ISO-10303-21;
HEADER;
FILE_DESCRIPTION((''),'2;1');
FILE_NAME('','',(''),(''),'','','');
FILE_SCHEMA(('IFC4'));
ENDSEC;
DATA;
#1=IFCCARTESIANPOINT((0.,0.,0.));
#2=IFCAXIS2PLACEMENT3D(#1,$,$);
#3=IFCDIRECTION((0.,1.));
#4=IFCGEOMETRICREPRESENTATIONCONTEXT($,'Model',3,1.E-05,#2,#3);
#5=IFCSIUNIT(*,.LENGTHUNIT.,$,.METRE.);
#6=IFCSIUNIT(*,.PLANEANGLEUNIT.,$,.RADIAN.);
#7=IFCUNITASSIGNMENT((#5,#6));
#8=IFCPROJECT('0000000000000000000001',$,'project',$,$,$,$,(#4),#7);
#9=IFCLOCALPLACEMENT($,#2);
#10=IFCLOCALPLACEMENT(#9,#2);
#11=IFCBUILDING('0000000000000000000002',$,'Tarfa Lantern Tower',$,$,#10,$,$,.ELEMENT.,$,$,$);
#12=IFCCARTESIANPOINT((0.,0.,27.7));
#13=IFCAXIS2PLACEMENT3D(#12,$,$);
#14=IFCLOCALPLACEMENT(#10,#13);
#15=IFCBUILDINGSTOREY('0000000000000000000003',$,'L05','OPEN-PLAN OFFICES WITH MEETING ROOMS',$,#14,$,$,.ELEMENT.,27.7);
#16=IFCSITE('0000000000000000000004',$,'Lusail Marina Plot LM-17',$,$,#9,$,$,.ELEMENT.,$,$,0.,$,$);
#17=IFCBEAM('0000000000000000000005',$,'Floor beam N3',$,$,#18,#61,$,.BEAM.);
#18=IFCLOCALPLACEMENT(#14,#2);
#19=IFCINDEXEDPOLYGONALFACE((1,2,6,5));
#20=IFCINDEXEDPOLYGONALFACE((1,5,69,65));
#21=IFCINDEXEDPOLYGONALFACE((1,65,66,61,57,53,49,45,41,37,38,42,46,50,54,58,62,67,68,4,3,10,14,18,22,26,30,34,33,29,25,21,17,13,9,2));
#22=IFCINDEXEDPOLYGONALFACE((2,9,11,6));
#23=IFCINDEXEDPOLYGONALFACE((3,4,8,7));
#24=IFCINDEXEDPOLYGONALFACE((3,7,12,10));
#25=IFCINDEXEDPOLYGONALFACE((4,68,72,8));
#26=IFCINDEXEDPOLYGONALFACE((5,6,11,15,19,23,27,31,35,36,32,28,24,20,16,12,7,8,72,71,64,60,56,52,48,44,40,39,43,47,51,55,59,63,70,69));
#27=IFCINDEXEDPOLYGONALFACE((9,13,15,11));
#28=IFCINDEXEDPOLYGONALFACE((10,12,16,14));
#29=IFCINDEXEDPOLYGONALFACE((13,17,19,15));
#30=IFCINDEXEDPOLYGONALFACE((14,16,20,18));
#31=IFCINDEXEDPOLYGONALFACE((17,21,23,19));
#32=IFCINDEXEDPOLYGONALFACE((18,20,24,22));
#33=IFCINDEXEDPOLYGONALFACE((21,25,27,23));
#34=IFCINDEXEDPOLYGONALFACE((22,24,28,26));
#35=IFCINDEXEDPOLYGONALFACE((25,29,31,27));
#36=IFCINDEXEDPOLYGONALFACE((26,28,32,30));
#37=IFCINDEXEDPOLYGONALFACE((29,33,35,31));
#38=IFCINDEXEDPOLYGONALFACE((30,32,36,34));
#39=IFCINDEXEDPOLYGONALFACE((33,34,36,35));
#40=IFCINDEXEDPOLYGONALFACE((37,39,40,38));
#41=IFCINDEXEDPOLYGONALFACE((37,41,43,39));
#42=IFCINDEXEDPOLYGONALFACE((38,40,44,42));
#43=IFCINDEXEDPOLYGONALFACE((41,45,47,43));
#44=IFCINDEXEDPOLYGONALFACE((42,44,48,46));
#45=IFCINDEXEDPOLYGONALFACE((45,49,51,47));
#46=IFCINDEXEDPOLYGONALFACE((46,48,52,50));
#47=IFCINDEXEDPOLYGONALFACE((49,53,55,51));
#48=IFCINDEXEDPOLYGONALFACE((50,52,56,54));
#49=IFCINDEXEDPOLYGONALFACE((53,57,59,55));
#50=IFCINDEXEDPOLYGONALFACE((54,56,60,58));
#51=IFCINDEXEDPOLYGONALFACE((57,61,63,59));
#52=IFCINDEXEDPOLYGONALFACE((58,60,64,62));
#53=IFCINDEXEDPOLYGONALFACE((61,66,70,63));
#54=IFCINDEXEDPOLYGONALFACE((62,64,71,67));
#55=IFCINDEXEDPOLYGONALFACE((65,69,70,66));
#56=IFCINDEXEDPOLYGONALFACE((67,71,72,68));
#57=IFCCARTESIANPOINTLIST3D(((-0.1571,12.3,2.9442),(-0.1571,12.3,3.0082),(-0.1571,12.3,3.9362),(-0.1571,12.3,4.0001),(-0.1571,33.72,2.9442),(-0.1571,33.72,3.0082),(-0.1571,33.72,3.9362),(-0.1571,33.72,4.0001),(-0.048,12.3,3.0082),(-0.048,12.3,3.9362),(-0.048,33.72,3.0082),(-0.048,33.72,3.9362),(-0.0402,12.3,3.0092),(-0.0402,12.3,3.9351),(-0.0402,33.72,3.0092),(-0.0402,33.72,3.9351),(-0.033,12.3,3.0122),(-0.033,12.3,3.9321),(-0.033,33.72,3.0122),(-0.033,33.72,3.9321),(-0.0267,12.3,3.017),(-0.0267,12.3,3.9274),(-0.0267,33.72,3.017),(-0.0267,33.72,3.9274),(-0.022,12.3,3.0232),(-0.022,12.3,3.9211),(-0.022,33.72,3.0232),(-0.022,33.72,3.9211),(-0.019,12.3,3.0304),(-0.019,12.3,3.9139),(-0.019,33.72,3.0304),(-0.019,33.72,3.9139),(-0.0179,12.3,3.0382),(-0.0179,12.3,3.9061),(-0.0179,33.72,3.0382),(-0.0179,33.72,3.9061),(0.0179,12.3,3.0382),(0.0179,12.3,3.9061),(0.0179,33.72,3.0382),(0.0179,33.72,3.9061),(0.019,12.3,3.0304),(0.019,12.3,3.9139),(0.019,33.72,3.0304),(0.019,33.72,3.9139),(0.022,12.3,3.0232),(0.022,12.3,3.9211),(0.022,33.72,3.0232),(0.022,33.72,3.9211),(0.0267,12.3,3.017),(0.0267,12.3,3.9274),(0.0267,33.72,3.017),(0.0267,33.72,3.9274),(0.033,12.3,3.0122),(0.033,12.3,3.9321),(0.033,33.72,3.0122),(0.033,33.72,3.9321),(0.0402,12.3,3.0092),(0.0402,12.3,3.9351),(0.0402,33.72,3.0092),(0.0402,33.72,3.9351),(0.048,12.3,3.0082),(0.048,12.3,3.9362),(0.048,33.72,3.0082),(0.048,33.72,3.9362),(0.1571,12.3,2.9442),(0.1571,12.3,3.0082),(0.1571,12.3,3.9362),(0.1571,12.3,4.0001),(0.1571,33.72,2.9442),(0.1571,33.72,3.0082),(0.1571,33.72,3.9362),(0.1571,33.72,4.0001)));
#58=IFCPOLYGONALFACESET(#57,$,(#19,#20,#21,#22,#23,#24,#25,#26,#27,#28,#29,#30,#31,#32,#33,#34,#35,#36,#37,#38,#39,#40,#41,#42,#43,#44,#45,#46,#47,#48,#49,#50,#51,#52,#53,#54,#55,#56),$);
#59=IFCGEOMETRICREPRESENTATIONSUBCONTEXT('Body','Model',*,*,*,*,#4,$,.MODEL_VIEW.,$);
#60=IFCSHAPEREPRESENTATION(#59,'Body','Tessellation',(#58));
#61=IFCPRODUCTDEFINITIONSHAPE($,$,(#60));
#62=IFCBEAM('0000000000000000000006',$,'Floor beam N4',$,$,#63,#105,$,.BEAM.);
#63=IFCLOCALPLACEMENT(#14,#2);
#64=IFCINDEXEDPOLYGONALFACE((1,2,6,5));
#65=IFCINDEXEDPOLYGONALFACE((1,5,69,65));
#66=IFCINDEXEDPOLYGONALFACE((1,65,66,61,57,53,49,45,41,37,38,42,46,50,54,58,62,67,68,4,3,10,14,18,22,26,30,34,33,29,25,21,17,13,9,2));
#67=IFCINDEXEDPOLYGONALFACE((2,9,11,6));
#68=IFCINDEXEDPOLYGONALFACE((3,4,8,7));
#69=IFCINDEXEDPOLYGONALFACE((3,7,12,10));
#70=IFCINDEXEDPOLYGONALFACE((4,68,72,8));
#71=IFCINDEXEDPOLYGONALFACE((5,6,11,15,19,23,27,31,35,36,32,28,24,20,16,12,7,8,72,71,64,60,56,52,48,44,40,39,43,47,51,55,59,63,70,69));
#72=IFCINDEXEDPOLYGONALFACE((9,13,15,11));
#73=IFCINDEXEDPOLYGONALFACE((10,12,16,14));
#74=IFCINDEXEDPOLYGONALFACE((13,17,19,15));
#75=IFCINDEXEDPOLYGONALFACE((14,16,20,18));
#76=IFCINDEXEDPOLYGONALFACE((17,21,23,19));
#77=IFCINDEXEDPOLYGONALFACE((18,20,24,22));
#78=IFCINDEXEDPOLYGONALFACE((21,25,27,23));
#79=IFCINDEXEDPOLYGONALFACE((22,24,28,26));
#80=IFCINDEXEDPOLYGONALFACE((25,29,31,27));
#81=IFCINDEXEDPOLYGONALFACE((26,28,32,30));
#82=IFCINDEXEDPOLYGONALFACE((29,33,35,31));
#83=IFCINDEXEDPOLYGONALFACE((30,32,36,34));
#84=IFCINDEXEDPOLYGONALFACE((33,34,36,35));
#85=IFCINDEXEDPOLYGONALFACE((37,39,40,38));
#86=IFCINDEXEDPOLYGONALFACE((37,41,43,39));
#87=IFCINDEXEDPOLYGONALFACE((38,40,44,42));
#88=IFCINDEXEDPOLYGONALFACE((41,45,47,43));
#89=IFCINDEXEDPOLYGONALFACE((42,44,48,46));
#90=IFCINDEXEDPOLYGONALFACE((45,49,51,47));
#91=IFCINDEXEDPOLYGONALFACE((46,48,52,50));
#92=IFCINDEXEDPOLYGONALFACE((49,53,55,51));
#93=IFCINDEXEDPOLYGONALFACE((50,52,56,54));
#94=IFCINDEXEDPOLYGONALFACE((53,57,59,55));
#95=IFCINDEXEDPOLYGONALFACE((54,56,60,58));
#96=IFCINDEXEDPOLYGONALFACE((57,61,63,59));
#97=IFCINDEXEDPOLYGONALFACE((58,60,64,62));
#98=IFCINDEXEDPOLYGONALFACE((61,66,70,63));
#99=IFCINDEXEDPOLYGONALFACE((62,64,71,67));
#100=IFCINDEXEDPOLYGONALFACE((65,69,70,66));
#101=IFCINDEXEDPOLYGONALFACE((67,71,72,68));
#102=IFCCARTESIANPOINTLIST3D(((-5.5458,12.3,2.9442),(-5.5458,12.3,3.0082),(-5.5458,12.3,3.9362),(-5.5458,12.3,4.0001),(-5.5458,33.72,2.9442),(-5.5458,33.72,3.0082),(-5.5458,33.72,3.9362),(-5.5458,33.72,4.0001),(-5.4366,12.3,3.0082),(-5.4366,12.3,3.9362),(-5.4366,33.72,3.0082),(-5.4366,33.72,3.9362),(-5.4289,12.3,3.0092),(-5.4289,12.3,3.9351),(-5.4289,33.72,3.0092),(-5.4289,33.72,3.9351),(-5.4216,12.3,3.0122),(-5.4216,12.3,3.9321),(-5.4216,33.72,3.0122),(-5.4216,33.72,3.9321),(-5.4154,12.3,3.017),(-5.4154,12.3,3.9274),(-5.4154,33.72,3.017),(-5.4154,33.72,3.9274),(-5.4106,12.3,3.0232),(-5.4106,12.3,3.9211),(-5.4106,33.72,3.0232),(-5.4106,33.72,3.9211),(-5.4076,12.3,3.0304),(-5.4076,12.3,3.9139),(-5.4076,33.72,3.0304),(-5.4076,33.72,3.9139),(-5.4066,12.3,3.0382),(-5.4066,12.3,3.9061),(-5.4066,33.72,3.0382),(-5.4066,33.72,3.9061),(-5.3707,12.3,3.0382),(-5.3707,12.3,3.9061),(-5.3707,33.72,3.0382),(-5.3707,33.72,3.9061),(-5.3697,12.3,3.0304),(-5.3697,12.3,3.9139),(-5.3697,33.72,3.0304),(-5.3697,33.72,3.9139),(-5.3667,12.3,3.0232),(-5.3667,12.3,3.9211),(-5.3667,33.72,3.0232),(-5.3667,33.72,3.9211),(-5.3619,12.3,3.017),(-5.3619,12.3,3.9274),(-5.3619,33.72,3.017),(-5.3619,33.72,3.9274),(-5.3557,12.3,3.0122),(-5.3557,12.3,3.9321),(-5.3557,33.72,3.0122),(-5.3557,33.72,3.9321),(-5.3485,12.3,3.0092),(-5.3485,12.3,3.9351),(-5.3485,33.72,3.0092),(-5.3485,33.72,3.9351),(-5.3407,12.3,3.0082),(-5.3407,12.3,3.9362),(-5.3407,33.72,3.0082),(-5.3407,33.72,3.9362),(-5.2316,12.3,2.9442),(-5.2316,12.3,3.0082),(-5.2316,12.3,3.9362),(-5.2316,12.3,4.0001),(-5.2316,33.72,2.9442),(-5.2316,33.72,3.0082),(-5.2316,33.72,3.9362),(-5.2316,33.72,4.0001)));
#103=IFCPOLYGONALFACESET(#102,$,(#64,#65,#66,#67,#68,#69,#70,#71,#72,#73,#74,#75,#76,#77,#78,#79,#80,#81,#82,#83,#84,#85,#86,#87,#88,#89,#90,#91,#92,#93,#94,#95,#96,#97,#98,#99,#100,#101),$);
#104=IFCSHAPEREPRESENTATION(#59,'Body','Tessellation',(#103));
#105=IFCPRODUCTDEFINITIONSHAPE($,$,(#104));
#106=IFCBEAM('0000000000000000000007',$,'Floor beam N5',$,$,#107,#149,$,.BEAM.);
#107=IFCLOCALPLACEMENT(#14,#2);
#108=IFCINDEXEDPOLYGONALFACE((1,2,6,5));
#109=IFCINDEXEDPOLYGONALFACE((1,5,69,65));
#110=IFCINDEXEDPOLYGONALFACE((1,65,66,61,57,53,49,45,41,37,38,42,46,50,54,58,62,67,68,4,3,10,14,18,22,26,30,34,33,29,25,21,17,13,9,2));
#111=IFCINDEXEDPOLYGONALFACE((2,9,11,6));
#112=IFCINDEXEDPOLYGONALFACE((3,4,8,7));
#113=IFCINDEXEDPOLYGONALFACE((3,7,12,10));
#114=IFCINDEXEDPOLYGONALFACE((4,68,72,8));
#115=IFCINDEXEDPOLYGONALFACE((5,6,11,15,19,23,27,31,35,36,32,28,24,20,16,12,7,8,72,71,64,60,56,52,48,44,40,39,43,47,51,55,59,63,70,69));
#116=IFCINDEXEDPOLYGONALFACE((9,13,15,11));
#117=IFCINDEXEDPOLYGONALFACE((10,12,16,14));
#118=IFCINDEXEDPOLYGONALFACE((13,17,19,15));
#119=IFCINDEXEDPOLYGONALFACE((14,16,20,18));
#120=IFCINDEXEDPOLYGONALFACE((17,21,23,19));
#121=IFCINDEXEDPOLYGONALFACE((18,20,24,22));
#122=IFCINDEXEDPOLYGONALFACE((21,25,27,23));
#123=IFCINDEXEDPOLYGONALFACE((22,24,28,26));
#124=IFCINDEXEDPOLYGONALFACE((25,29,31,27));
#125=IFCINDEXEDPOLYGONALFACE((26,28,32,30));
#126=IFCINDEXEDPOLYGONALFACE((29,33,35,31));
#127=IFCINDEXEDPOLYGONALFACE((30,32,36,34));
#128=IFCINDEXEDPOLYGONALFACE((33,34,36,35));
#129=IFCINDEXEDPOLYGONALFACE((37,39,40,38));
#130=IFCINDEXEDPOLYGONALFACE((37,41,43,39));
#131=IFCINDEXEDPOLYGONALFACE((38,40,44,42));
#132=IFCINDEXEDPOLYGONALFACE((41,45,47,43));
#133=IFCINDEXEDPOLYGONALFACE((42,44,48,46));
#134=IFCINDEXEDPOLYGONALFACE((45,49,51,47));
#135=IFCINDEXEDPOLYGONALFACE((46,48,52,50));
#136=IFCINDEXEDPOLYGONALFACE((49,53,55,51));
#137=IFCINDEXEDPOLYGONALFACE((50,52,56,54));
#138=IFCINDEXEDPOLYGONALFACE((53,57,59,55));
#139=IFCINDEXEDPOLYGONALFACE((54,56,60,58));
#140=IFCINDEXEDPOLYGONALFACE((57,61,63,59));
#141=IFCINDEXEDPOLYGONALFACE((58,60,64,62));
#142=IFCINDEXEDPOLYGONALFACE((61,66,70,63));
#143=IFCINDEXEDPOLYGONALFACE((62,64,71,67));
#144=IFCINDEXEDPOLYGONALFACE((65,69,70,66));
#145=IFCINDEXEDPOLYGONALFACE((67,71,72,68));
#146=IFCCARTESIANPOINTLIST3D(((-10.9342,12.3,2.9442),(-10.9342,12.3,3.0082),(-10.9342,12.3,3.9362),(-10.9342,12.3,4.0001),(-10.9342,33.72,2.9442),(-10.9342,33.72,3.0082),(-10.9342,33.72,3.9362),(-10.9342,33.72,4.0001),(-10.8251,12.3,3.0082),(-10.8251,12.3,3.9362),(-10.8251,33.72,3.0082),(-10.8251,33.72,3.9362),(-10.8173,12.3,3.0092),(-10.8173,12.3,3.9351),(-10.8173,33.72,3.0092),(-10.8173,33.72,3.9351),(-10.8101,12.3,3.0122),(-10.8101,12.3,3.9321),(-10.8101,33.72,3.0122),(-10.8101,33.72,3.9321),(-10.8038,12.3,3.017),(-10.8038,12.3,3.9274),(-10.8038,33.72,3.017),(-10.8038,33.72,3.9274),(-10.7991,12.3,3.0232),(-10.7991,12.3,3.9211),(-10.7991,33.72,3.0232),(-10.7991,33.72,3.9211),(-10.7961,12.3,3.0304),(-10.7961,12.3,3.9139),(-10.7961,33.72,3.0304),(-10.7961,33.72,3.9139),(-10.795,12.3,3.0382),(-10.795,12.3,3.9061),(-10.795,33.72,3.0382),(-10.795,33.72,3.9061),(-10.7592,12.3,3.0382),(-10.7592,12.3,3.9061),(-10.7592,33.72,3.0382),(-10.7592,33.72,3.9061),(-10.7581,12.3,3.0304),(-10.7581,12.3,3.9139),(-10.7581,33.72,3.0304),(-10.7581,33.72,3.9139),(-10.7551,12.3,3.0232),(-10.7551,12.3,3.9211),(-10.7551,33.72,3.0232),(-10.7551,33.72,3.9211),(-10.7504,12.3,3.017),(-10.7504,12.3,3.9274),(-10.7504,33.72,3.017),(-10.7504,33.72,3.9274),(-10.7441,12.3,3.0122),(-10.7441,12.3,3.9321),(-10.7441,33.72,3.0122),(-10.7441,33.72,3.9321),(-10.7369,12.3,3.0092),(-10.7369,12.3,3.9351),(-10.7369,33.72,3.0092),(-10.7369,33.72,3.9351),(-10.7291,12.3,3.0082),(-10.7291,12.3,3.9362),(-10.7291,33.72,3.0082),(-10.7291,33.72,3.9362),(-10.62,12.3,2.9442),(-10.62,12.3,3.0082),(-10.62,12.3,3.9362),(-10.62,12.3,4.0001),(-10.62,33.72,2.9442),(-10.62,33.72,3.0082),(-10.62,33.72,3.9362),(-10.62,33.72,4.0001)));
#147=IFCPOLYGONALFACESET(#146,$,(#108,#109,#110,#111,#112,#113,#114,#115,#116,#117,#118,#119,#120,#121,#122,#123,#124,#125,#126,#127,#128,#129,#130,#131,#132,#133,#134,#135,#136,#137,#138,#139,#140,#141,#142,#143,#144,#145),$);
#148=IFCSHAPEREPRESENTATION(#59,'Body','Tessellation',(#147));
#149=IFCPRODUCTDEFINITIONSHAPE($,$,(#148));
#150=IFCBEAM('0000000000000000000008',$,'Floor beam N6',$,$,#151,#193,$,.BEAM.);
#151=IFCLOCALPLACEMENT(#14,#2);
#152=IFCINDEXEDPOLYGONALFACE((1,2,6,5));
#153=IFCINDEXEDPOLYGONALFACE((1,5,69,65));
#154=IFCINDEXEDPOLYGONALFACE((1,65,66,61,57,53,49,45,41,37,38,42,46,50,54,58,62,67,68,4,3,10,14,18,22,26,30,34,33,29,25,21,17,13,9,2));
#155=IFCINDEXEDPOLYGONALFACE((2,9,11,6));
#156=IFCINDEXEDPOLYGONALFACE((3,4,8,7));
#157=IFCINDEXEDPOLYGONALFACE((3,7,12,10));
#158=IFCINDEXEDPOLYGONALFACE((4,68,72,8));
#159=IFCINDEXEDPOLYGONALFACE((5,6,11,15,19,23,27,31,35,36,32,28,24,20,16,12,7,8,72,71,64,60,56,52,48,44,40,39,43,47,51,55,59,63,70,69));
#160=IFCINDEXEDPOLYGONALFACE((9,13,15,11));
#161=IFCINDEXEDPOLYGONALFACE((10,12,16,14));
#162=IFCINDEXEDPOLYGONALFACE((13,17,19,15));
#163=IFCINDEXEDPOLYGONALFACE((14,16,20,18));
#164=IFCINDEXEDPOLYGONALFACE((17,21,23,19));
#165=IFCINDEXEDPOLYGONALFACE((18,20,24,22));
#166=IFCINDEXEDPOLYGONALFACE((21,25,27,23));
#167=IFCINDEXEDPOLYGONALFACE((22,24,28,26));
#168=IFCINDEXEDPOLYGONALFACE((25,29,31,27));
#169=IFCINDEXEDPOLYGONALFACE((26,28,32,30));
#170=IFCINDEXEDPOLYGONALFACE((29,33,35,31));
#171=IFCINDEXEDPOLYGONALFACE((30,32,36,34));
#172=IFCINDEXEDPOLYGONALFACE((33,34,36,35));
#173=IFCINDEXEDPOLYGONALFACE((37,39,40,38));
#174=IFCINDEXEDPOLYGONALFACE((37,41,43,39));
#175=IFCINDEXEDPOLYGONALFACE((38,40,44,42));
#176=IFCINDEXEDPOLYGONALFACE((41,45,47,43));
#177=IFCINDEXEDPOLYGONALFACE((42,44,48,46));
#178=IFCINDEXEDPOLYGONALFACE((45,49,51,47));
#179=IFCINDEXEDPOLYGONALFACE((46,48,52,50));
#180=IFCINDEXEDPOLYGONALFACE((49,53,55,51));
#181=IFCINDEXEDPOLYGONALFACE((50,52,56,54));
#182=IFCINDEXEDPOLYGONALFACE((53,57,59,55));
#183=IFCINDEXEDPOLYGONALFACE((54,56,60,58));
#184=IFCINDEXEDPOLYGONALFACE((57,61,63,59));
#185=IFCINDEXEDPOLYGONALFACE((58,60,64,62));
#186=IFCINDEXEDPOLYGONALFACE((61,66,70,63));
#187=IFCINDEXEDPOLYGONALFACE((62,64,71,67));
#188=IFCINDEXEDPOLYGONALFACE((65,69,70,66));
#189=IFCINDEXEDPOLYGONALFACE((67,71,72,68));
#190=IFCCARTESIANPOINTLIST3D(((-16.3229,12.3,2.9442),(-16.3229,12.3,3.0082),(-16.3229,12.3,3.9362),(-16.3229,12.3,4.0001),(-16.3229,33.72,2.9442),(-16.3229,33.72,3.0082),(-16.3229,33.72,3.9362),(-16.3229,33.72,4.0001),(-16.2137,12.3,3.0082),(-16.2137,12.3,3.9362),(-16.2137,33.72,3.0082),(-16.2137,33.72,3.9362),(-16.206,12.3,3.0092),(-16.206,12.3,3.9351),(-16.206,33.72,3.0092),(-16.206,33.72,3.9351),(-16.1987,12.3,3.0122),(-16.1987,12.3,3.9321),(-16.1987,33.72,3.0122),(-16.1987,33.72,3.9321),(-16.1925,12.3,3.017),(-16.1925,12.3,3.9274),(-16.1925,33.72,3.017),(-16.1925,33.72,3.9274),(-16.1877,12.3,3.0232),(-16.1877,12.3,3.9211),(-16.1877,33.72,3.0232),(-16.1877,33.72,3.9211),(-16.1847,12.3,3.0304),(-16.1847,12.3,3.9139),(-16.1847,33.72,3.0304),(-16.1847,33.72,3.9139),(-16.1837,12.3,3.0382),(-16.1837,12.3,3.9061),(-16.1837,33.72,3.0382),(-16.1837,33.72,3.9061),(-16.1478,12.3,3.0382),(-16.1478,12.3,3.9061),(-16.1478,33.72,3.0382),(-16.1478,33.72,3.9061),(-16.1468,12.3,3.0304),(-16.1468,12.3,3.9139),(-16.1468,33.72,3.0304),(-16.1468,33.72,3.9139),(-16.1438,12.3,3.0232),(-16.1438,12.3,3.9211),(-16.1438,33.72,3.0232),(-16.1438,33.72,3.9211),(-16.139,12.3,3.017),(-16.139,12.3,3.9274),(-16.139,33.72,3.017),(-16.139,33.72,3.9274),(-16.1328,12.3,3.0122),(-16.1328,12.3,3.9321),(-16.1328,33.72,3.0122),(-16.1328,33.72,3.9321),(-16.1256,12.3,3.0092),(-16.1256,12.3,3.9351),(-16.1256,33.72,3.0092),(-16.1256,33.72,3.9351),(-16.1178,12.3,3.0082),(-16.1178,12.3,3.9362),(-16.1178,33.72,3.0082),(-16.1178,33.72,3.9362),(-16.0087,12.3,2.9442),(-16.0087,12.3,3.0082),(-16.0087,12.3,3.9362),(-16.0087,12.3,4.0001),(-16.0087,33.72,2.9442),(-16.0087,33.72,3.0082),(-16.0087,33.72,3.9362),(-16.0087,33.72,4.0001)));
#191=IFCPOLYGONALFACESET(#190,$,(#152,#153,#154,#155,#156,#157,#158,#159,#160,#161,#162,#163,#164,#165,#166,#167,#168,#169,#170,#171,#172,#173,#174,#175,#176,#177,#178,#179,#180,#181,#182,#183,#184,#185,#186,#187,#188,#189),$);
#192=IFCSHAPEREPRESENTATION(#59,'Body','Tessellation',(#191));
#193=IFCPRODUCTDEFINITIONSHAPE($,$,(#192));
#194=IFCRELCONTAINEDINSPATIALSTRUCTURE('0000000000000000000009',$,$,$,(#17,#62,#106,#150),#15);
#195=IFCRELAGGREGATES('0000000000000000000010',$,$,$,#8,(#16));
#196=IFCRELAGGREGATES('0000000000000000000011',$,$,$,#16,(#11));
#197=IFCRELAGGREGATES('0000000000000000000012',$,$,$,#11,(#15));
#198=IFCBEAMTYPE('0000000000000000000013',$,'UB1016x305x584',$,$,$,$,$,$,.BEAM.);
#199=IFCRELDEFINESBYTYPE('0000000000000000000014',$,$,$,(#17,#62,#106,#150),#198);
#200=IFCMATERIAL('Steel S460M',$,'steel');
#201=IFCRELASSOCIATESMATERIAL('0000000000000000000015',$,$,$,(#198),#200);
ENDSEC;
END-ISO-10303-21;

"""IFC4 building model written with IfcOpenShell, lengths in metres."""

from ifc_helpers import new_model, si_unit, direction, frame, origin, origin_2d, place, context, subcontext, project, spatial, i_section, extrude, material, material_profile, profile_set, type_object, element, save


model = new_model("IFC4")

# Units and contexts
model_context = context("Model", 3, precision=1e-05, world=origin(), true_north=direction((0.0, 1.0)))
body_context = subcontext(model_context, "Body", "Model", "MODEL_VIEW")
ifc_project = project(units=[si_unit("LENGTHUNIT", "METRE"), si_unit("PLANEANGLEUNIT", "RADIAN")], contexts=[model_context])

# Site, building, storey
site_placement = place(None, origin())
site = spatial("IfcSite", under=ifc_project, at=site_placement, Name="Lusail Marina Plot LM-17", CompositionType="ELEMENT", RefElevation=0.0)
building_placement = place(site_placement, origin())
building = spatial("IfcBuilding", under=site, at=building_placement, Name="Tarfa Lantern Tower", CompositionType="ELEMENT")
storey_placement = place(building_placement, frame((0.0, 0.0, 27.7)))
storey = spatial("IfcBuildingStorey", under=building, at=storey_placement, Name="L05", Description="OPEN-PLAN OFFICES WITH MEETING ROOMS", CompositionType="ELEMENT", Elevation=27.7)

# Beams
ifc_material_1 = material(Name="Steel S460M", Category="steel")
ifc_material_profile_1 = material_profile(ifc_material_1, i_section(OverallWidth=0.3142, OverallDepth=1.0559, WebThickness=0.0359, FlangeThickness=0.064, FilletRadius=0.03, at=origin_2d()), Name="UB1016x305x584")
ifc_profile_set_1 = profile_set([ifc_material_profile_1], Name="Steel S460M")
beam_type_1 = type_object("IfcBeamType", Name="UB1016x305x584", PredefinedType="BEAM", material=ifc_profile_set_1)
for number, where, z_axis, x_axis, name in (
    (1, (0.0, 33.72, 3.4722), (0.0, -1.0, 0.0), (1.0, 0.0, 0.0), "Floor beam N3"),
    (2, (-5.3887, 33.72, 3.4722), (0.0, -1.0, 0.0), (1.0, 0.0, 0.0), "Floor beam N4"),
    (3, (-10.7771, 33.72, 3.4722), (0.0, -1.0, 0.0), (1.0, 0.0, 0.0), "Floor beam N5"),
    (4, (-16.1658, 33.72, 3.4722), (0.0, -1.0, 0.0), (1.0, 0.0, 0.0), "Floor beam N6"),
):
    element("IfcBeam", number, at=place(storey_placement, frame(where, z_axis=z_axis, x_axis=x_axis)), inside=storey, type_object=beam_type_1, Name=name, PredefinedType="BEAM", context=body_context, shape_type="SweptSolid", body=[
        extrude(i_section(OverallWidth=0.3142, OverallDepth=1.0559, WebThickness=0.0359, FlangeThickness=0.064, FilletRadius=0.03, at=origin_2d()), origin(), (0.0, 0.0, 1.0), 21.4199),
    ])

save(model, "model.ifc")
